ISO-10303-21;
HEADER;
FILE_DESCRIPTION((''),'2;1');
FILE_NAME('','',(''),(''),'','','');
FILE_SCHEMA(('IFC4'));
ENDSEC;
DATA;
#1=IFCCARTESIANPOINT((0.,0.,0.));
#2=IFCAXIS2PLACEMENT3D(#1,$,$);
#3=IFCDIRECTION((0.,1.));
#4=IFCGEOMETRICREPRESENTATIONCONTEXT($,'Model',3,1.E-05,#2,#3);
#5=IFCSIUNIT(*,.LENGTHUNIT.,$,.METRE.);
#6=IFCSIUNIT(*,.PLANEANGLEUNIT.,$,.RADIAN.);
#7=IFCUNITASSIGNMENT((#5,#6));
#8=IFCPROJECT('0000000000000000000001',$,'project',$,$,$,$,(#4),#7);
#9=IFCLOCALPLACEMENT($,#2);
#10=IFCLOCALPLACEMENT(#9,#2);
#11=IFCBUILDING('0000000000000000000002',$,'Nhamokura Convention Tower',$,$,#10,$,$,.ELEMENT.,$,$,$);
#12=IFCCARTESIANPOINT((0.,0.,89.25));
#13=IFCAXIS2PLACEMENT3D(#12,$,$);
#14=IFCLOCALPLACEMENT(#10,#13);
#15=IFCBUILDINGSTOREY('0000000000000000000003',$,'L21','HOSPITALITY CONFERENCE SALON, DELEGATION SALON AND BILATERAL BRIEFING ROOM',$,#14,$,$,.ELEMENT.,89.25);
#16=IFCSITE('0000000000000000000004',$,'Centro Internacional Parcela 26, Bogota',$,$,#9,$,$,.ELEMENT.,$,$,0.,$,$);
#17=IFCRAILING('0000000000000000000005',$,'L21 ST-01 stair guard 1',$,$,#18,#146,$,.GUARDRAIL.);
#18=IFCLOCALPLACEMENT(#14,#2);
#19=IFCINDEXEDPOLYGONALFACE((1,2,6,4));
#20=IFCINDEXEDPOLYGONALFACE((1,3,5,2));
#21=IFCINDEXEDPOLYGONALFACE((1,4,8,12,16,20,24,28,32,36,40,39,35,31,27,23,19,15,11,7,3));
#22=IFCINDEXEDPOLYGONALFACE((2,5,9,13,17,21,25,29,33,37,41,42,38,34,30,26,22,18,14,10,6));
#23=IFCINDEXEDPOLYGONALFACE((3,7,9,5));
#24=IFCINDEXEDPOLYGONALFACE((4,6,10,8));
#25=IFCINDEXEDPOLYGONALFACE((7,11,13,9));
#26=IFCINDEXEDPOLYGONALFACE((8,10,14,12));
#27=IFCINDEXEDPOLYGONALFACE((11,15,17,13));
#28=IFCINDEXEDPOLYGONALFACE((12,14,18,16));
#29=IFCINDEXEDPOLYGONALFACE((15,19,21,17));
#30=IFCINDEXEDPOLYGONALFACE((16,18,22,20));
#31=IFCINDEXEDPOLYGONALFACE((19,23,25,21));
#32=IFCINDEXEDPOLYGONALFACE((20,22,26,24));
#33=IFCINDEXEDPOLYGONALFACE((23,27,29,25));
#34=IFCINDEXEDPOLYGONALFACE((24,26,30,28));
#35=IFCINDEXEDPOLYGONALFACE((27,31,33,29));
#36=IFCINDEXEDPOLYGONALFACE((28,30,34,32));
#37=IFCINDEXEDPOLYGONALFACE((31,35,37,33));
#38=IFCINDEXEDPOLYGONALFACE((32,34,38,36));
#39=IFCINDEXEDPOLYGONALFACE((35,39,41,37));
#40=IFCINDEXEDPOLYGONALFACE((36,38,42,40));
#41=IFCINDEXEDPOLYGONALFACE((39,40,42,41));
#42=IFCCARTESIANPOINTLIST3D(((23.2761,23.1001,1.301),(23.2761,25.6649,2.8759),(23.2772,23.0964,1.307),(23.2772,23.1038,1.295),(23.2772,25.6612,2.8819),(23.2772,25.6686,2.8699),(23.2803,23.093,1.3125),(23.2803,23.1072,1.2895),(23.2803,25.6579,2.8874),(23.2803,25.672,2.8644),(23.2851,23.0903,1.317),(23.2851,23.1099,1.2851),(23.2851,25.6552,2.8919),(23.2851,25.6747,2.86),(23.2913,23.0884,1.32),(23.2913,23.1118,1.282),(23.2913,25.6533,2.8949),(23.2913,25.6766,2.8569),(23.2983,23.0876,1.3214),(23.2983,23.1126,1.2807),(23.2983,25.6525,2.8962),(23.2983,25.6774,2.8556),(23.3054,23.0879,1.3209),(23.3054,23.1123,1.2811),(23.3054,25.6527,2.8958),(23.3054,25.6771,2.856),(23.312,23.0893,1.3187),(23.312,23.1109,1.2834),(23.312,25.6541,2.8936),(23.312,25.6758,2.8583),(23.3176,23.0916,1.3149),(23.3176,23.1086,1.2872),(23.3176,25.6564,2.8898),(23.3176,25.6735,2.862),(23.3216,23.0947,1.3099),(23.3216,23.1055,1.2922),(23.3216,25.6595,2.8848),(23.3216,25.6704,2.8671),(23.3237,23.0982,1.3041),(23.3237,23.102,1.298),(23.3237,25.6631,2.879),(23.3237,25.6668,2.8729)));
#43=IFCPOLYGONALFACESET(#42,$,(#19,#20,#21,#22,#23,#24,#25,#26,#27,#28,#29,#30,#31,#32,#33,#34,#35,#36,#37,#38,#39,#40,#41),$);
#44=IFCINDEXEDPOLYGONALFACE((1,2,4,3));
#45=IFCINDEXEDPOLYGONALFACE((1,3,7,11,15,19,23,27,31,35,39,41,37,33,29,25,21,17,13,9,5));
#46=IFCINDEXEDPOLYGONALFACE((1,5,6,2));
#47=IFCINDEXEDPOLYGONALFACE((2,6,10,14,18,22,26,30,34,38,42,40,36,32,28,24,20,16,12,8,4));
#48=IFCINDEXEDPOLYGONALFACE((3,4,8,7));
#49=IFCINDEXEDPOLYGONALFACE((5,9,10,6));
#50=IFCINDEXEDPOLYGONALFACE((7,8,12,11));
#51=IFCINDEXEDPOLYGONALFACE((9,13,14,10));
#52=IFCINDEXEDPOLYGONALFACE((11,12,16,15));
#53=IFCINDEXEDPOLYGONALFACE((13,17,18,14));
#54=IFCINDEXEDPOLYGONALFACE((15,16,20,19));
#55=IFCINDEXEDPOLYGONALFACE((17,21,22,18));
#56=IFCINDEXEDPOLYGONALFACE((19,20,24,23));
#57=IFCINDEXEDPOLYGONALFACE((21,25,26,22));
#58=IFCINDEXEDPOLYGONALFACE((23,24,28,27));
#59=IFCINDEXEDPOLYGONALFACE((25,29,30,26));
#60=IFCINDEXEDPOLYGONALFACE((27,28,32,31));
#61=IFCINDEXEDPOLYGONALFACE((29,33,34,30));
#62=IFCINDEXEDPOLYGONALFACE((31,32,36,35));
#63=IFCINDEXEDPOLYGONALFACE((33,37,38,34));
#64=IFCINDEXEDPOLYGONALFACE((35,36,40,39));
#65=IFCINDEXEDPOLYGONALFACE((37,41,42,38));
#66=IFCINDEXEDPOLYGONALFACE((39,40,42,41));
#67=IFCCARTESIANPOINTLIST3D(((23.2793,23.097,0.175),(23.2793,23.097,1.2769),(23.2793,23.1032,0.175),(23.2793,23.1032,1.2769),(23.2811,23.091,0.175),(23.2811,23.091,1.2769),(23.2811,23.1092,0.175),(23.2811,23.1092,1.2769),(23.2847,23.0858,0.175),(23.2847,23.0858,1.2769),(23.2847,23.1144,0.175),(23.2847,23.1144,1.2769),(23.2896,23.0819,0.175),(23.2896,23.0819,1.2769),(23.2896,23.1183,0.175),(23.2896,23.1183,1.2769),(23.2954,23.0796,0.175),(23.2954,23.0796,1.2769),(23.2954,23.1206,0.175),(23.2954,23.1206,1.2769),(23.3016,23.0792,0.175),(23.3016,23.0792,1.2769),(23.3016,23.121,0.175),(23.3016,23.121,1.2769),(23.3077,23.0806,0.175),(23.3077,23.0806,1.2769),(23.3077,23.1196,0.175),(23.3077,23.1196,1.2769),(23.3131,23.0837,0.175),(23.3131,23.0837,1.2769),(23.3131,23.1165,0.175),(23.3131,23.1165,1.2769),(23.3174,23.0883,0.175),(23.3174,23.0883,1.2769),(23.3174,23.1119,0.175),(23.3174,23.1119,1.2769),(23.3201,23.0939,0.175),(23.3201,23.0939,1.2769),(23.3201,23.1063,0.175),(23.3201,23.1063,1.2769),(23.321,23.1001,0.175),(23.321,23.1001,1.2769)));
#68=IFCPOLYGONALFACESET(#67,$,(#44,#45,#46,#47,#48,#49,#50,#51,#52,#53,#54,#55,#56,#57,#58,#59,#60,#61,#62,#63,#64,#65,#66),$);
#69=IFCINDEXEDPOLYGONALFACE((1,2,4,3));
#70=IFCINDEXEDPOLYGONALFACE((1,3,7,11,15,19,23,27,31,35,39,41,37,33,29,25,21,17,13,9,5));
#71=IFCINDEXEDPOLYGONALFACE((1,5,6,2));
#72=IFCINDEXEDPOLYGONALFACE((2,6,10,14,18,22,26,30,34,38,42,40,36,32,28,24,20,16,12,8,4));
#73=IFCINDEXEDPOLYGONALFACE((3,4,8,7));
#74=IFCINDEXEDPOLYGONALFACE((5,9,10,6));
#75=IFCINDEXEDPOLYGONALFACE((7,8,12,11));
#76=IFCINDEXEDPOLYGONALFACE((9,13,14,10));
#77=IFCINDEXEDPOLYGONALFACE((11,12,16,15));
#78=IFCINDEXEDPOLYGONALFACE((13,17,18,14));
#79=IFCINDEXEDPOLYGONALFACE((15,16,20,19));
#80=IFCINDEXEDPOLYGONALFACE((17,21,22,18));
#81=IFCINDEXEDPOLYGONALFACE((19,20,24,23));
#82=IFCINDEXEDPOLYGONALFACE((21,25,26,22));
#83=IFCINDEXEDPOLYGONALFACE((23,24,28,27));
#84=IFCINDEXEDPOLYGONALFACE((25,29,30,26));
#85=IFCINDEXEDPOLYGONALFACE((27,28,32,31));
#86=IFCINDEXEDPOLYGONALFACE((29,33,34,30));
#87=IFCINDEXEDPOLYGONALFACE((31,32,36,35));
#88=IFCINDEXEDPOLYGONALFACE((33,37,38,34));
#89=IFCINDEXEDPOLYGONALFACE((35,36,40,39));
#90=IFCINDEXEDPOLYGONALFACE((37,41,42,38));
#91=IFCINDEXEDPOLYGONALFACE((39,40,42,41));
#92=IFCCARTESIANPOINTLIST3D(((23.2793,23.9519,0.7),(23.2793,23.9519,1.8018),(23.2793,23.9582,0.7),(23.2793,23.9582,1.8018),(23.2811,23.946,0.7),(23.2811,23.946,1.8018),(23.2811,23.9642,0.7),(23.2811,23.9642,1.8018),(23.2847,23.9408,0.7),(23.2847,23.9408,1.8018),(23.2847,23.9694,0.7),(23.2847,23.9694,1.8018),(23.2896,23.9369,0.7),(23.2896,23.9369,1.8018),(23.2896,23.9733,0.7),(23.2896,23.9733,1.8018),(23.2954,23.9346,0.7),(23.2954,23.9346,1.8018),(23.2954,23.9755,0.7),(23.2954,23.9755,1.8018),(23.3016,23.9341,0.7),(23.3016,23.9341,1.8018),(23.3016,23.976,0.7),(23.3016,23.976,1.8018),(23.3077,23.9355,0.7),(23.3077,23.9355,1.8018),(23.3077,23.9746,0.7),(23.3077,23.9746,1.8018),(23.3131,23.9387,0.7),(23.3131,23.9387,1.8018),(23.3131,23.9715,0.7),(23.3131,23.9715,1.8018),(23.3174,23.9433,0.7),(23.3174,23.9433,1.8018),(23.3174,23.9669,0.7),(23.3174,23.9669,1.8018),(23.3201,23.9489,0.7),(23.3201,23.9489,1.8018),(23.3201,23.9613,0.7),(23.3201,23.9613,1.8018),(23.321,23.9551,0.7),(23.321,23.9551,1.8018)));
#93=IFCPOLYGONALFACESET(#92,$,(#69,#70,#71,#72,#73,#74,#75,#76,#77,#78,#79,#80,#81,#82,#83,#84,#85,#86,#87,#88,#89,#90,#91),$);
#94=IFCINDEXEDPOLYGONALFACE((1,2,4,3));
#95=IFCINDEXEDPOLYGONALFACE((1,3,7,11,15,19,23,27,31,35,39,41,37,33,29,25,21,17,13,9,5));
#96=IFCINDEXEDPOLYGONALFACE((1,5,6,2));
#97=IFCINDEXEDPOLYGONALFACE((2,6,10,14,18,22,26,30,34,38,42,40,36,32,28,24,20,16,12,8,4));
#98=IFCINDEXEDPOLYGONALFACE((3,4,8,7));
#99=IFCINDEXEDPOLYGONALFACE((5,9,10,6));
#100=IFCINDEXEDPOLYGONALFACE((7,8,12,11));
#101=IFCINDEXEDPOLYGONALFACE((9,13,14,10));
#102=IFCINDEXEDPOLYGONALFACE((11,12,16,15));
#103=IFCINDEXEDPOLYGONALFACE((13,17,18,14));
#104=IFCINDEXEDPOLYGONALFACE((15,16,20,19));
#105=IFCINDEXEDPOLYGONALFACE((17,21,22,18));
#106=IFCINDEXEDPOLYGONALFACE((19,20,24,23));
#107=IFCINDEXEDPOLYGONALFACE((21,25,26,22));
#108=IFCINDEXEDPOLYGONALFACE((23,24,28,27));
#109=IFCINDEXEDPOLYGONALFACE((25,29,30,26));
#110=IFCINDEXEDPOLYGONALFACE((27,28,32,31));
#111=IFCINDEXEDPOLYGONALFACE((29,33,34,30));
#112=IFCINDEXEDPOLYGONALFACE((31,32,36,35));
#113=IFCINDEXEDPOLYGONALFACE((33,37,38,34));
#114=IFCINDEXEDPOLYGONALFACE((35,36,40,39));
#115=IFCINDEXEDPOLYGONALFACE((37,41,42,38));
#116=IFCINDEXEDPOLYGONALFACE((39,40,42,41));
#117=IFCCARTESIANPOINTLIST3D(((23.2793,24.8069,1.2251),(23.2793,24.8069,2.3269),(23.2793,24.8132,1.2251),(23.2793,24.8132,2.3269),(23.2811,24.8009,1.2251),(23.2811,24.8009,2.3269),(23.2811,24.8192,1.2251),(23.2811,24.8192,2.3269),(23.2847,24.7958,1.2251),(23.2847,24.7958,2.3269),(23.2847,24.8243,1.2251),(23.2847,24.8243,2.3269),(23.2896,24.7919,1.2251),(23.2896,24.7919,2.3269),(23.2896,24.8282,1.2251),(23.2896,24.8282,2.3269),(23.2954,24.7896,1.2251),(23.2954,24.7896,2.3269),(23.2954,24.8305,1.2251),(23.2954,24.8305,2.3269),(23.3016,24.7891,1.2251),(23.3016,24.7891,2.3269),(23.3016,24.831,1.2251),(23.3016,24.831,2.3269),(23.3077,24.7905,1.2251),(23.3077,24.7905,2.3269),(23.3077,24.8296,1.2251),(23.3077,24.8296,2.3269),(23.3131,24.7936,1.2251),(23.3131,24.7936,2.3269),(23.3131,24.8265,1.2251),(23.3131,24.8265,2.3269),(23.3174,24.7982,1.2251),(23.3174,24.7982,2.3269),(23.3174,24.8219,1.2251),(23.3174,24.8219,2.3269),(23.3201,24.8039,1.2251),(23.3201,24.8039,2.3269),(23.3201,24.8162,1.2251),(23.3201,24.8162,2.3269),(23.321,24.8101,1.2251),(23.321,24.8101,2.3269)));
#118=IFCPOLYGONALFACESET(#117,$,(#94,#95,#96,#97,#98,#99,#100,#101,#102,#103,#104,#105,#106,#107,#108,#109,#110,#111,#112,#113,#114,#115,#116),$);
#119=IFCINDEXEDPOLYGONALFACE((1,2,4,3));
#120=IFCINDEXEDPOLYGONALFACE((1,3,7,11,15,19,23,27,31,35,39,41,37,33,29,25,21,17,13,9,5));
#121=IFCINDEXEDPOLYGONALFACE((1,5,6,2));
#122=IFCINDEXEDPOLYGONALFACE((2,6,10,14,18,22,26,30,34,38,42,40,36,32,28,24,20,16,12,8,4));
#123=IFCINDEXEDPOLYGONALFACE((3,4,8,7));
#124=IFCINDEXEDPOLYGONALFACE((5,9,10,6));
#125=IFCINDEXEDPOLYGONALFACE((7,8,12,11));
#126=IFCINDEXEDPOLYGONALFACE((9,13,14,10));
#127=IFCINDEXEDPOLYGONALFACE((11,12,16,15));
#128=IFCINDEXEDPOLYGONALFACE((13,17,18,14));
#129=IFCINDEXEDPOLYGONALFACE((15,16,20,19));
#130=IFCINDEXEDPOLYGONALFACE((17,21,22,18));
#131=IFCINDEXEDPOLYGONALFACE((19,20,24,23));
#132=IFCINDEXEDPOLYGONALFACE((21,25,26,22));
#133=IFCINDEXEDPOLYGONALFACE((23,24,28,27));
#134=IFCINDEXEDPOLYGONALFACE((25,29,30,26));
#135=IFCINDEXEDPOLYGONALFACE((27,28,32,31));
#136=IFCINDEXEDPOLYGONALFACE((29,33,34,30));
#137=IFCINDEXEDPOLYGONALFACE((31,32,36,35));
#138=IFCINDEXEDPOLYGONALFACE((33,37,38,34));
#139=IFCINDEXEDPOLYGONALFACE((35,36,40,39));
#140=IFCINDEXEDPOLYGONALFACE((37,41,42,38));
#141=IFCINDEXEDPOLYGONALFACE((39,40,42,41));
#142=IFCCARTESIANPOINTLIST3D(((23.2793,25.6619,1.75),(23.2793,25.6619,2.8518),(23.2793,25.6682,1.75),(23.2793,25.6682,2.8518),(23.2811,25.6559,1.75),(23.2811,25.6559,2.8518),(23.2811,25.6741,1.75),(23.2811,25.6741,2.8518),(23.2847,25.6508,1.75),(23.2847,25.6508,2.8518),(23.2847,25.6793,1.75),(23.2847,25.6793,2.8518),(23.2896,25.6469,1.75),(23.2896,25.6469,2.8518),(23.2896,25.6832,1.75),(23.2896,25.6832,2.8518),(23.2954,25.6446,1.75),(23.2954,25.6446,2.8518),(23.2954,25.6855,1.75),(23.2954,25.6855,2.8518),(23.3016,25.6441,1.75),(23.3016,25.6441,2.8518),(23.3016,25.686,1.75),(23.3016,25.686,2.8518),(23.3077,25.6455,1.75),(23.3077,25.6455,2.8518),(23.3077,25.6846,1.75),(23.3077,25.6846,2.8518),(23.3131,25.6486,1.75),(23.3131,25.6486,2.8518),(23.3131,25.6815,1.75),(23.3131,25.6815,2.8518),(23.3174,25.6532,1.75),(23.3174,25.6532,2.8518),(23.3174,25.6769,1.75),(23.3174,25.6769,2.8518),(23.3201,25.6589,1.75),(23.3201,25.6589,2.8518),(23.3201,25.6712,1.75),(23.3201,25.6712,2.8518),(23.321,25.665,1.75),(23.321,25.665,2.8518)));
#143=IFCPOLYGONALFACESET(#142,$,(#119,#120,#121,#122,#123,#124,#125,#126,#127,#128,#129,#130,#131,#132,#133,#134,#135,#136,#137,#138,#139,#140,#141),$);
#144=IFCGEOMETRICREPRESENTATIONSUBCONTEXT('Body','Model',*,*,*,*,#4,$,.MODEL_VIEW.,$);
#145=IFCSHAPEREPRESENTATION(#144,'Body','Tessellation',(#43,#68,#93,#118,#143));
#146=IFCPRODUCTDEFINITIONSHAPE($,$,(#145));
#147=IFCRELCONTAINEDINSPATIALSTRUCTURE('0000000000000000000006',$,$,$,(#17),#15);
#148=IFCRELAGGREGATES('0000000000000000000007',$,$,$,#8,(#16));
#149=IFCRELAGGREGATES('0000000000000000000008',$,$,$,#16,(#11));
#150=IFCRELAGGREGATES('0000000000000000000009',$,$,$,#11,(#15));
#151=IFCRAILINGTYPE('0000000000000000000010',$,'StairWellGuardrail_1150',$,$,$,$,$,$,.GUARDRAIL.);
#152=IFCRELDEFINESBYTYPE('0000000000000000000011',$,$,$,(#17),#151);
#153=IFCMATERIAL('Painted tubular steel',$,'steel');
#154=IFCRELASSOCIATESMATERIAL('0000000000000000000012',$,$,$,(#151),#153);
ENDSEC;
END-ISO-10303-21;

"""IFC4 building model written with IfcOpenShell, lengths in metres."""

from ifc_helpers import new_model, si_unit, direction, frame, origin, origin_2d, place, context, subcontext, project, spatial, circle, extrude, material, type_object, element, save


model = new_model("IFC4")

# Units and contexts
model_context = context("Model", 3, precision=1e-05, world=origin(), true_north=direction((0.0, 1.0)))
body_context = subcontext(model_context, "Body", "Model", "MODEL_VIEW")
ifc_project = project(units=[si_unit("LENGTHUNIT", "METRE"), si_unit("PLANEANGLEUNIT", "RADIAN")], contexts=[model_context])

# Site, building, storey
site_placement = place(None, origin())
site = spatial("IfcSite", under=ifc_project, at=site_placement, Name="Centro Internacional Parcela 26, Bogota", CompositionType="ELEMENT", RefElevation=0.0)
building_placement = place(site_placement, origin())
building = spatial("IfcBuilding", under=site, at=building_placement, Name="Nhamokura Convention Tower", CompositionType="ELEMENT")
storey_placement = place(building_placement, frame((0.0, 0.0, 89.25)))
storey = spatial("IfcBuildingStorey", under=building, at=storey_placement, Name="L21", Description="HOSPITALITY CONFERENCE SALON, DELEGATION SALON AND BILATERAL BRIEFING ROOM", CompositionType="ELEMENT", Elevation=89.25)

# Railing
ifc_material_1 = material(Name="Painted tubular steel", Category="steel")
railing_type_1 = type_object("IfcRailingType", Name="StairWellGuardrail_1150", PredefinedType="GUARDRAIL", material=ifc_material_1)
railing_1_placement = place(storey_placement, frame((23.3, 23.1001, 0.175)))
element("IfcRailing", 1, at=railing_1_placement, inside=storey, type_object=railing_type_1, Name="L21 ST-01 stair guard 1", PredefinedType="GUARDRAIL", context=body_context, shape_type="SweptSolid", body=[
    extrude(circle(Radius=0.0239, at=origin_2d()), frame((0.0, 0.0, 1.126), z_axis=(0.0, 0.852173, 0.52326), x_axis=(-1.0, 0.0, 0.0)), (0.0, 0.0, 1.0), 3.0098),
    extrude(circle(Radius=0.021, at=origin_2d()), origin(), (0.0, 0.0, 1.0), 1.1018),
    extrude(circle(Radius=0.021, at=origin_2d()), frame((0.0, 0.855, 0.5249)), (0.0, 0.0, 1.0), 1.1018),
    extrude(circle(Radius=0.021, at=origin_2d()), frame((0.0, 1.71, 1.05)), (0.0, 0.0, 1.0), 1.1018),
    extrude(circle(Radius=0.021, at=origin_2d()), frame((0.0, 2.5649, 1.575)), (0.0, 0.0, 1.0), 1.1018),
])

save(model, "model.ifc")
